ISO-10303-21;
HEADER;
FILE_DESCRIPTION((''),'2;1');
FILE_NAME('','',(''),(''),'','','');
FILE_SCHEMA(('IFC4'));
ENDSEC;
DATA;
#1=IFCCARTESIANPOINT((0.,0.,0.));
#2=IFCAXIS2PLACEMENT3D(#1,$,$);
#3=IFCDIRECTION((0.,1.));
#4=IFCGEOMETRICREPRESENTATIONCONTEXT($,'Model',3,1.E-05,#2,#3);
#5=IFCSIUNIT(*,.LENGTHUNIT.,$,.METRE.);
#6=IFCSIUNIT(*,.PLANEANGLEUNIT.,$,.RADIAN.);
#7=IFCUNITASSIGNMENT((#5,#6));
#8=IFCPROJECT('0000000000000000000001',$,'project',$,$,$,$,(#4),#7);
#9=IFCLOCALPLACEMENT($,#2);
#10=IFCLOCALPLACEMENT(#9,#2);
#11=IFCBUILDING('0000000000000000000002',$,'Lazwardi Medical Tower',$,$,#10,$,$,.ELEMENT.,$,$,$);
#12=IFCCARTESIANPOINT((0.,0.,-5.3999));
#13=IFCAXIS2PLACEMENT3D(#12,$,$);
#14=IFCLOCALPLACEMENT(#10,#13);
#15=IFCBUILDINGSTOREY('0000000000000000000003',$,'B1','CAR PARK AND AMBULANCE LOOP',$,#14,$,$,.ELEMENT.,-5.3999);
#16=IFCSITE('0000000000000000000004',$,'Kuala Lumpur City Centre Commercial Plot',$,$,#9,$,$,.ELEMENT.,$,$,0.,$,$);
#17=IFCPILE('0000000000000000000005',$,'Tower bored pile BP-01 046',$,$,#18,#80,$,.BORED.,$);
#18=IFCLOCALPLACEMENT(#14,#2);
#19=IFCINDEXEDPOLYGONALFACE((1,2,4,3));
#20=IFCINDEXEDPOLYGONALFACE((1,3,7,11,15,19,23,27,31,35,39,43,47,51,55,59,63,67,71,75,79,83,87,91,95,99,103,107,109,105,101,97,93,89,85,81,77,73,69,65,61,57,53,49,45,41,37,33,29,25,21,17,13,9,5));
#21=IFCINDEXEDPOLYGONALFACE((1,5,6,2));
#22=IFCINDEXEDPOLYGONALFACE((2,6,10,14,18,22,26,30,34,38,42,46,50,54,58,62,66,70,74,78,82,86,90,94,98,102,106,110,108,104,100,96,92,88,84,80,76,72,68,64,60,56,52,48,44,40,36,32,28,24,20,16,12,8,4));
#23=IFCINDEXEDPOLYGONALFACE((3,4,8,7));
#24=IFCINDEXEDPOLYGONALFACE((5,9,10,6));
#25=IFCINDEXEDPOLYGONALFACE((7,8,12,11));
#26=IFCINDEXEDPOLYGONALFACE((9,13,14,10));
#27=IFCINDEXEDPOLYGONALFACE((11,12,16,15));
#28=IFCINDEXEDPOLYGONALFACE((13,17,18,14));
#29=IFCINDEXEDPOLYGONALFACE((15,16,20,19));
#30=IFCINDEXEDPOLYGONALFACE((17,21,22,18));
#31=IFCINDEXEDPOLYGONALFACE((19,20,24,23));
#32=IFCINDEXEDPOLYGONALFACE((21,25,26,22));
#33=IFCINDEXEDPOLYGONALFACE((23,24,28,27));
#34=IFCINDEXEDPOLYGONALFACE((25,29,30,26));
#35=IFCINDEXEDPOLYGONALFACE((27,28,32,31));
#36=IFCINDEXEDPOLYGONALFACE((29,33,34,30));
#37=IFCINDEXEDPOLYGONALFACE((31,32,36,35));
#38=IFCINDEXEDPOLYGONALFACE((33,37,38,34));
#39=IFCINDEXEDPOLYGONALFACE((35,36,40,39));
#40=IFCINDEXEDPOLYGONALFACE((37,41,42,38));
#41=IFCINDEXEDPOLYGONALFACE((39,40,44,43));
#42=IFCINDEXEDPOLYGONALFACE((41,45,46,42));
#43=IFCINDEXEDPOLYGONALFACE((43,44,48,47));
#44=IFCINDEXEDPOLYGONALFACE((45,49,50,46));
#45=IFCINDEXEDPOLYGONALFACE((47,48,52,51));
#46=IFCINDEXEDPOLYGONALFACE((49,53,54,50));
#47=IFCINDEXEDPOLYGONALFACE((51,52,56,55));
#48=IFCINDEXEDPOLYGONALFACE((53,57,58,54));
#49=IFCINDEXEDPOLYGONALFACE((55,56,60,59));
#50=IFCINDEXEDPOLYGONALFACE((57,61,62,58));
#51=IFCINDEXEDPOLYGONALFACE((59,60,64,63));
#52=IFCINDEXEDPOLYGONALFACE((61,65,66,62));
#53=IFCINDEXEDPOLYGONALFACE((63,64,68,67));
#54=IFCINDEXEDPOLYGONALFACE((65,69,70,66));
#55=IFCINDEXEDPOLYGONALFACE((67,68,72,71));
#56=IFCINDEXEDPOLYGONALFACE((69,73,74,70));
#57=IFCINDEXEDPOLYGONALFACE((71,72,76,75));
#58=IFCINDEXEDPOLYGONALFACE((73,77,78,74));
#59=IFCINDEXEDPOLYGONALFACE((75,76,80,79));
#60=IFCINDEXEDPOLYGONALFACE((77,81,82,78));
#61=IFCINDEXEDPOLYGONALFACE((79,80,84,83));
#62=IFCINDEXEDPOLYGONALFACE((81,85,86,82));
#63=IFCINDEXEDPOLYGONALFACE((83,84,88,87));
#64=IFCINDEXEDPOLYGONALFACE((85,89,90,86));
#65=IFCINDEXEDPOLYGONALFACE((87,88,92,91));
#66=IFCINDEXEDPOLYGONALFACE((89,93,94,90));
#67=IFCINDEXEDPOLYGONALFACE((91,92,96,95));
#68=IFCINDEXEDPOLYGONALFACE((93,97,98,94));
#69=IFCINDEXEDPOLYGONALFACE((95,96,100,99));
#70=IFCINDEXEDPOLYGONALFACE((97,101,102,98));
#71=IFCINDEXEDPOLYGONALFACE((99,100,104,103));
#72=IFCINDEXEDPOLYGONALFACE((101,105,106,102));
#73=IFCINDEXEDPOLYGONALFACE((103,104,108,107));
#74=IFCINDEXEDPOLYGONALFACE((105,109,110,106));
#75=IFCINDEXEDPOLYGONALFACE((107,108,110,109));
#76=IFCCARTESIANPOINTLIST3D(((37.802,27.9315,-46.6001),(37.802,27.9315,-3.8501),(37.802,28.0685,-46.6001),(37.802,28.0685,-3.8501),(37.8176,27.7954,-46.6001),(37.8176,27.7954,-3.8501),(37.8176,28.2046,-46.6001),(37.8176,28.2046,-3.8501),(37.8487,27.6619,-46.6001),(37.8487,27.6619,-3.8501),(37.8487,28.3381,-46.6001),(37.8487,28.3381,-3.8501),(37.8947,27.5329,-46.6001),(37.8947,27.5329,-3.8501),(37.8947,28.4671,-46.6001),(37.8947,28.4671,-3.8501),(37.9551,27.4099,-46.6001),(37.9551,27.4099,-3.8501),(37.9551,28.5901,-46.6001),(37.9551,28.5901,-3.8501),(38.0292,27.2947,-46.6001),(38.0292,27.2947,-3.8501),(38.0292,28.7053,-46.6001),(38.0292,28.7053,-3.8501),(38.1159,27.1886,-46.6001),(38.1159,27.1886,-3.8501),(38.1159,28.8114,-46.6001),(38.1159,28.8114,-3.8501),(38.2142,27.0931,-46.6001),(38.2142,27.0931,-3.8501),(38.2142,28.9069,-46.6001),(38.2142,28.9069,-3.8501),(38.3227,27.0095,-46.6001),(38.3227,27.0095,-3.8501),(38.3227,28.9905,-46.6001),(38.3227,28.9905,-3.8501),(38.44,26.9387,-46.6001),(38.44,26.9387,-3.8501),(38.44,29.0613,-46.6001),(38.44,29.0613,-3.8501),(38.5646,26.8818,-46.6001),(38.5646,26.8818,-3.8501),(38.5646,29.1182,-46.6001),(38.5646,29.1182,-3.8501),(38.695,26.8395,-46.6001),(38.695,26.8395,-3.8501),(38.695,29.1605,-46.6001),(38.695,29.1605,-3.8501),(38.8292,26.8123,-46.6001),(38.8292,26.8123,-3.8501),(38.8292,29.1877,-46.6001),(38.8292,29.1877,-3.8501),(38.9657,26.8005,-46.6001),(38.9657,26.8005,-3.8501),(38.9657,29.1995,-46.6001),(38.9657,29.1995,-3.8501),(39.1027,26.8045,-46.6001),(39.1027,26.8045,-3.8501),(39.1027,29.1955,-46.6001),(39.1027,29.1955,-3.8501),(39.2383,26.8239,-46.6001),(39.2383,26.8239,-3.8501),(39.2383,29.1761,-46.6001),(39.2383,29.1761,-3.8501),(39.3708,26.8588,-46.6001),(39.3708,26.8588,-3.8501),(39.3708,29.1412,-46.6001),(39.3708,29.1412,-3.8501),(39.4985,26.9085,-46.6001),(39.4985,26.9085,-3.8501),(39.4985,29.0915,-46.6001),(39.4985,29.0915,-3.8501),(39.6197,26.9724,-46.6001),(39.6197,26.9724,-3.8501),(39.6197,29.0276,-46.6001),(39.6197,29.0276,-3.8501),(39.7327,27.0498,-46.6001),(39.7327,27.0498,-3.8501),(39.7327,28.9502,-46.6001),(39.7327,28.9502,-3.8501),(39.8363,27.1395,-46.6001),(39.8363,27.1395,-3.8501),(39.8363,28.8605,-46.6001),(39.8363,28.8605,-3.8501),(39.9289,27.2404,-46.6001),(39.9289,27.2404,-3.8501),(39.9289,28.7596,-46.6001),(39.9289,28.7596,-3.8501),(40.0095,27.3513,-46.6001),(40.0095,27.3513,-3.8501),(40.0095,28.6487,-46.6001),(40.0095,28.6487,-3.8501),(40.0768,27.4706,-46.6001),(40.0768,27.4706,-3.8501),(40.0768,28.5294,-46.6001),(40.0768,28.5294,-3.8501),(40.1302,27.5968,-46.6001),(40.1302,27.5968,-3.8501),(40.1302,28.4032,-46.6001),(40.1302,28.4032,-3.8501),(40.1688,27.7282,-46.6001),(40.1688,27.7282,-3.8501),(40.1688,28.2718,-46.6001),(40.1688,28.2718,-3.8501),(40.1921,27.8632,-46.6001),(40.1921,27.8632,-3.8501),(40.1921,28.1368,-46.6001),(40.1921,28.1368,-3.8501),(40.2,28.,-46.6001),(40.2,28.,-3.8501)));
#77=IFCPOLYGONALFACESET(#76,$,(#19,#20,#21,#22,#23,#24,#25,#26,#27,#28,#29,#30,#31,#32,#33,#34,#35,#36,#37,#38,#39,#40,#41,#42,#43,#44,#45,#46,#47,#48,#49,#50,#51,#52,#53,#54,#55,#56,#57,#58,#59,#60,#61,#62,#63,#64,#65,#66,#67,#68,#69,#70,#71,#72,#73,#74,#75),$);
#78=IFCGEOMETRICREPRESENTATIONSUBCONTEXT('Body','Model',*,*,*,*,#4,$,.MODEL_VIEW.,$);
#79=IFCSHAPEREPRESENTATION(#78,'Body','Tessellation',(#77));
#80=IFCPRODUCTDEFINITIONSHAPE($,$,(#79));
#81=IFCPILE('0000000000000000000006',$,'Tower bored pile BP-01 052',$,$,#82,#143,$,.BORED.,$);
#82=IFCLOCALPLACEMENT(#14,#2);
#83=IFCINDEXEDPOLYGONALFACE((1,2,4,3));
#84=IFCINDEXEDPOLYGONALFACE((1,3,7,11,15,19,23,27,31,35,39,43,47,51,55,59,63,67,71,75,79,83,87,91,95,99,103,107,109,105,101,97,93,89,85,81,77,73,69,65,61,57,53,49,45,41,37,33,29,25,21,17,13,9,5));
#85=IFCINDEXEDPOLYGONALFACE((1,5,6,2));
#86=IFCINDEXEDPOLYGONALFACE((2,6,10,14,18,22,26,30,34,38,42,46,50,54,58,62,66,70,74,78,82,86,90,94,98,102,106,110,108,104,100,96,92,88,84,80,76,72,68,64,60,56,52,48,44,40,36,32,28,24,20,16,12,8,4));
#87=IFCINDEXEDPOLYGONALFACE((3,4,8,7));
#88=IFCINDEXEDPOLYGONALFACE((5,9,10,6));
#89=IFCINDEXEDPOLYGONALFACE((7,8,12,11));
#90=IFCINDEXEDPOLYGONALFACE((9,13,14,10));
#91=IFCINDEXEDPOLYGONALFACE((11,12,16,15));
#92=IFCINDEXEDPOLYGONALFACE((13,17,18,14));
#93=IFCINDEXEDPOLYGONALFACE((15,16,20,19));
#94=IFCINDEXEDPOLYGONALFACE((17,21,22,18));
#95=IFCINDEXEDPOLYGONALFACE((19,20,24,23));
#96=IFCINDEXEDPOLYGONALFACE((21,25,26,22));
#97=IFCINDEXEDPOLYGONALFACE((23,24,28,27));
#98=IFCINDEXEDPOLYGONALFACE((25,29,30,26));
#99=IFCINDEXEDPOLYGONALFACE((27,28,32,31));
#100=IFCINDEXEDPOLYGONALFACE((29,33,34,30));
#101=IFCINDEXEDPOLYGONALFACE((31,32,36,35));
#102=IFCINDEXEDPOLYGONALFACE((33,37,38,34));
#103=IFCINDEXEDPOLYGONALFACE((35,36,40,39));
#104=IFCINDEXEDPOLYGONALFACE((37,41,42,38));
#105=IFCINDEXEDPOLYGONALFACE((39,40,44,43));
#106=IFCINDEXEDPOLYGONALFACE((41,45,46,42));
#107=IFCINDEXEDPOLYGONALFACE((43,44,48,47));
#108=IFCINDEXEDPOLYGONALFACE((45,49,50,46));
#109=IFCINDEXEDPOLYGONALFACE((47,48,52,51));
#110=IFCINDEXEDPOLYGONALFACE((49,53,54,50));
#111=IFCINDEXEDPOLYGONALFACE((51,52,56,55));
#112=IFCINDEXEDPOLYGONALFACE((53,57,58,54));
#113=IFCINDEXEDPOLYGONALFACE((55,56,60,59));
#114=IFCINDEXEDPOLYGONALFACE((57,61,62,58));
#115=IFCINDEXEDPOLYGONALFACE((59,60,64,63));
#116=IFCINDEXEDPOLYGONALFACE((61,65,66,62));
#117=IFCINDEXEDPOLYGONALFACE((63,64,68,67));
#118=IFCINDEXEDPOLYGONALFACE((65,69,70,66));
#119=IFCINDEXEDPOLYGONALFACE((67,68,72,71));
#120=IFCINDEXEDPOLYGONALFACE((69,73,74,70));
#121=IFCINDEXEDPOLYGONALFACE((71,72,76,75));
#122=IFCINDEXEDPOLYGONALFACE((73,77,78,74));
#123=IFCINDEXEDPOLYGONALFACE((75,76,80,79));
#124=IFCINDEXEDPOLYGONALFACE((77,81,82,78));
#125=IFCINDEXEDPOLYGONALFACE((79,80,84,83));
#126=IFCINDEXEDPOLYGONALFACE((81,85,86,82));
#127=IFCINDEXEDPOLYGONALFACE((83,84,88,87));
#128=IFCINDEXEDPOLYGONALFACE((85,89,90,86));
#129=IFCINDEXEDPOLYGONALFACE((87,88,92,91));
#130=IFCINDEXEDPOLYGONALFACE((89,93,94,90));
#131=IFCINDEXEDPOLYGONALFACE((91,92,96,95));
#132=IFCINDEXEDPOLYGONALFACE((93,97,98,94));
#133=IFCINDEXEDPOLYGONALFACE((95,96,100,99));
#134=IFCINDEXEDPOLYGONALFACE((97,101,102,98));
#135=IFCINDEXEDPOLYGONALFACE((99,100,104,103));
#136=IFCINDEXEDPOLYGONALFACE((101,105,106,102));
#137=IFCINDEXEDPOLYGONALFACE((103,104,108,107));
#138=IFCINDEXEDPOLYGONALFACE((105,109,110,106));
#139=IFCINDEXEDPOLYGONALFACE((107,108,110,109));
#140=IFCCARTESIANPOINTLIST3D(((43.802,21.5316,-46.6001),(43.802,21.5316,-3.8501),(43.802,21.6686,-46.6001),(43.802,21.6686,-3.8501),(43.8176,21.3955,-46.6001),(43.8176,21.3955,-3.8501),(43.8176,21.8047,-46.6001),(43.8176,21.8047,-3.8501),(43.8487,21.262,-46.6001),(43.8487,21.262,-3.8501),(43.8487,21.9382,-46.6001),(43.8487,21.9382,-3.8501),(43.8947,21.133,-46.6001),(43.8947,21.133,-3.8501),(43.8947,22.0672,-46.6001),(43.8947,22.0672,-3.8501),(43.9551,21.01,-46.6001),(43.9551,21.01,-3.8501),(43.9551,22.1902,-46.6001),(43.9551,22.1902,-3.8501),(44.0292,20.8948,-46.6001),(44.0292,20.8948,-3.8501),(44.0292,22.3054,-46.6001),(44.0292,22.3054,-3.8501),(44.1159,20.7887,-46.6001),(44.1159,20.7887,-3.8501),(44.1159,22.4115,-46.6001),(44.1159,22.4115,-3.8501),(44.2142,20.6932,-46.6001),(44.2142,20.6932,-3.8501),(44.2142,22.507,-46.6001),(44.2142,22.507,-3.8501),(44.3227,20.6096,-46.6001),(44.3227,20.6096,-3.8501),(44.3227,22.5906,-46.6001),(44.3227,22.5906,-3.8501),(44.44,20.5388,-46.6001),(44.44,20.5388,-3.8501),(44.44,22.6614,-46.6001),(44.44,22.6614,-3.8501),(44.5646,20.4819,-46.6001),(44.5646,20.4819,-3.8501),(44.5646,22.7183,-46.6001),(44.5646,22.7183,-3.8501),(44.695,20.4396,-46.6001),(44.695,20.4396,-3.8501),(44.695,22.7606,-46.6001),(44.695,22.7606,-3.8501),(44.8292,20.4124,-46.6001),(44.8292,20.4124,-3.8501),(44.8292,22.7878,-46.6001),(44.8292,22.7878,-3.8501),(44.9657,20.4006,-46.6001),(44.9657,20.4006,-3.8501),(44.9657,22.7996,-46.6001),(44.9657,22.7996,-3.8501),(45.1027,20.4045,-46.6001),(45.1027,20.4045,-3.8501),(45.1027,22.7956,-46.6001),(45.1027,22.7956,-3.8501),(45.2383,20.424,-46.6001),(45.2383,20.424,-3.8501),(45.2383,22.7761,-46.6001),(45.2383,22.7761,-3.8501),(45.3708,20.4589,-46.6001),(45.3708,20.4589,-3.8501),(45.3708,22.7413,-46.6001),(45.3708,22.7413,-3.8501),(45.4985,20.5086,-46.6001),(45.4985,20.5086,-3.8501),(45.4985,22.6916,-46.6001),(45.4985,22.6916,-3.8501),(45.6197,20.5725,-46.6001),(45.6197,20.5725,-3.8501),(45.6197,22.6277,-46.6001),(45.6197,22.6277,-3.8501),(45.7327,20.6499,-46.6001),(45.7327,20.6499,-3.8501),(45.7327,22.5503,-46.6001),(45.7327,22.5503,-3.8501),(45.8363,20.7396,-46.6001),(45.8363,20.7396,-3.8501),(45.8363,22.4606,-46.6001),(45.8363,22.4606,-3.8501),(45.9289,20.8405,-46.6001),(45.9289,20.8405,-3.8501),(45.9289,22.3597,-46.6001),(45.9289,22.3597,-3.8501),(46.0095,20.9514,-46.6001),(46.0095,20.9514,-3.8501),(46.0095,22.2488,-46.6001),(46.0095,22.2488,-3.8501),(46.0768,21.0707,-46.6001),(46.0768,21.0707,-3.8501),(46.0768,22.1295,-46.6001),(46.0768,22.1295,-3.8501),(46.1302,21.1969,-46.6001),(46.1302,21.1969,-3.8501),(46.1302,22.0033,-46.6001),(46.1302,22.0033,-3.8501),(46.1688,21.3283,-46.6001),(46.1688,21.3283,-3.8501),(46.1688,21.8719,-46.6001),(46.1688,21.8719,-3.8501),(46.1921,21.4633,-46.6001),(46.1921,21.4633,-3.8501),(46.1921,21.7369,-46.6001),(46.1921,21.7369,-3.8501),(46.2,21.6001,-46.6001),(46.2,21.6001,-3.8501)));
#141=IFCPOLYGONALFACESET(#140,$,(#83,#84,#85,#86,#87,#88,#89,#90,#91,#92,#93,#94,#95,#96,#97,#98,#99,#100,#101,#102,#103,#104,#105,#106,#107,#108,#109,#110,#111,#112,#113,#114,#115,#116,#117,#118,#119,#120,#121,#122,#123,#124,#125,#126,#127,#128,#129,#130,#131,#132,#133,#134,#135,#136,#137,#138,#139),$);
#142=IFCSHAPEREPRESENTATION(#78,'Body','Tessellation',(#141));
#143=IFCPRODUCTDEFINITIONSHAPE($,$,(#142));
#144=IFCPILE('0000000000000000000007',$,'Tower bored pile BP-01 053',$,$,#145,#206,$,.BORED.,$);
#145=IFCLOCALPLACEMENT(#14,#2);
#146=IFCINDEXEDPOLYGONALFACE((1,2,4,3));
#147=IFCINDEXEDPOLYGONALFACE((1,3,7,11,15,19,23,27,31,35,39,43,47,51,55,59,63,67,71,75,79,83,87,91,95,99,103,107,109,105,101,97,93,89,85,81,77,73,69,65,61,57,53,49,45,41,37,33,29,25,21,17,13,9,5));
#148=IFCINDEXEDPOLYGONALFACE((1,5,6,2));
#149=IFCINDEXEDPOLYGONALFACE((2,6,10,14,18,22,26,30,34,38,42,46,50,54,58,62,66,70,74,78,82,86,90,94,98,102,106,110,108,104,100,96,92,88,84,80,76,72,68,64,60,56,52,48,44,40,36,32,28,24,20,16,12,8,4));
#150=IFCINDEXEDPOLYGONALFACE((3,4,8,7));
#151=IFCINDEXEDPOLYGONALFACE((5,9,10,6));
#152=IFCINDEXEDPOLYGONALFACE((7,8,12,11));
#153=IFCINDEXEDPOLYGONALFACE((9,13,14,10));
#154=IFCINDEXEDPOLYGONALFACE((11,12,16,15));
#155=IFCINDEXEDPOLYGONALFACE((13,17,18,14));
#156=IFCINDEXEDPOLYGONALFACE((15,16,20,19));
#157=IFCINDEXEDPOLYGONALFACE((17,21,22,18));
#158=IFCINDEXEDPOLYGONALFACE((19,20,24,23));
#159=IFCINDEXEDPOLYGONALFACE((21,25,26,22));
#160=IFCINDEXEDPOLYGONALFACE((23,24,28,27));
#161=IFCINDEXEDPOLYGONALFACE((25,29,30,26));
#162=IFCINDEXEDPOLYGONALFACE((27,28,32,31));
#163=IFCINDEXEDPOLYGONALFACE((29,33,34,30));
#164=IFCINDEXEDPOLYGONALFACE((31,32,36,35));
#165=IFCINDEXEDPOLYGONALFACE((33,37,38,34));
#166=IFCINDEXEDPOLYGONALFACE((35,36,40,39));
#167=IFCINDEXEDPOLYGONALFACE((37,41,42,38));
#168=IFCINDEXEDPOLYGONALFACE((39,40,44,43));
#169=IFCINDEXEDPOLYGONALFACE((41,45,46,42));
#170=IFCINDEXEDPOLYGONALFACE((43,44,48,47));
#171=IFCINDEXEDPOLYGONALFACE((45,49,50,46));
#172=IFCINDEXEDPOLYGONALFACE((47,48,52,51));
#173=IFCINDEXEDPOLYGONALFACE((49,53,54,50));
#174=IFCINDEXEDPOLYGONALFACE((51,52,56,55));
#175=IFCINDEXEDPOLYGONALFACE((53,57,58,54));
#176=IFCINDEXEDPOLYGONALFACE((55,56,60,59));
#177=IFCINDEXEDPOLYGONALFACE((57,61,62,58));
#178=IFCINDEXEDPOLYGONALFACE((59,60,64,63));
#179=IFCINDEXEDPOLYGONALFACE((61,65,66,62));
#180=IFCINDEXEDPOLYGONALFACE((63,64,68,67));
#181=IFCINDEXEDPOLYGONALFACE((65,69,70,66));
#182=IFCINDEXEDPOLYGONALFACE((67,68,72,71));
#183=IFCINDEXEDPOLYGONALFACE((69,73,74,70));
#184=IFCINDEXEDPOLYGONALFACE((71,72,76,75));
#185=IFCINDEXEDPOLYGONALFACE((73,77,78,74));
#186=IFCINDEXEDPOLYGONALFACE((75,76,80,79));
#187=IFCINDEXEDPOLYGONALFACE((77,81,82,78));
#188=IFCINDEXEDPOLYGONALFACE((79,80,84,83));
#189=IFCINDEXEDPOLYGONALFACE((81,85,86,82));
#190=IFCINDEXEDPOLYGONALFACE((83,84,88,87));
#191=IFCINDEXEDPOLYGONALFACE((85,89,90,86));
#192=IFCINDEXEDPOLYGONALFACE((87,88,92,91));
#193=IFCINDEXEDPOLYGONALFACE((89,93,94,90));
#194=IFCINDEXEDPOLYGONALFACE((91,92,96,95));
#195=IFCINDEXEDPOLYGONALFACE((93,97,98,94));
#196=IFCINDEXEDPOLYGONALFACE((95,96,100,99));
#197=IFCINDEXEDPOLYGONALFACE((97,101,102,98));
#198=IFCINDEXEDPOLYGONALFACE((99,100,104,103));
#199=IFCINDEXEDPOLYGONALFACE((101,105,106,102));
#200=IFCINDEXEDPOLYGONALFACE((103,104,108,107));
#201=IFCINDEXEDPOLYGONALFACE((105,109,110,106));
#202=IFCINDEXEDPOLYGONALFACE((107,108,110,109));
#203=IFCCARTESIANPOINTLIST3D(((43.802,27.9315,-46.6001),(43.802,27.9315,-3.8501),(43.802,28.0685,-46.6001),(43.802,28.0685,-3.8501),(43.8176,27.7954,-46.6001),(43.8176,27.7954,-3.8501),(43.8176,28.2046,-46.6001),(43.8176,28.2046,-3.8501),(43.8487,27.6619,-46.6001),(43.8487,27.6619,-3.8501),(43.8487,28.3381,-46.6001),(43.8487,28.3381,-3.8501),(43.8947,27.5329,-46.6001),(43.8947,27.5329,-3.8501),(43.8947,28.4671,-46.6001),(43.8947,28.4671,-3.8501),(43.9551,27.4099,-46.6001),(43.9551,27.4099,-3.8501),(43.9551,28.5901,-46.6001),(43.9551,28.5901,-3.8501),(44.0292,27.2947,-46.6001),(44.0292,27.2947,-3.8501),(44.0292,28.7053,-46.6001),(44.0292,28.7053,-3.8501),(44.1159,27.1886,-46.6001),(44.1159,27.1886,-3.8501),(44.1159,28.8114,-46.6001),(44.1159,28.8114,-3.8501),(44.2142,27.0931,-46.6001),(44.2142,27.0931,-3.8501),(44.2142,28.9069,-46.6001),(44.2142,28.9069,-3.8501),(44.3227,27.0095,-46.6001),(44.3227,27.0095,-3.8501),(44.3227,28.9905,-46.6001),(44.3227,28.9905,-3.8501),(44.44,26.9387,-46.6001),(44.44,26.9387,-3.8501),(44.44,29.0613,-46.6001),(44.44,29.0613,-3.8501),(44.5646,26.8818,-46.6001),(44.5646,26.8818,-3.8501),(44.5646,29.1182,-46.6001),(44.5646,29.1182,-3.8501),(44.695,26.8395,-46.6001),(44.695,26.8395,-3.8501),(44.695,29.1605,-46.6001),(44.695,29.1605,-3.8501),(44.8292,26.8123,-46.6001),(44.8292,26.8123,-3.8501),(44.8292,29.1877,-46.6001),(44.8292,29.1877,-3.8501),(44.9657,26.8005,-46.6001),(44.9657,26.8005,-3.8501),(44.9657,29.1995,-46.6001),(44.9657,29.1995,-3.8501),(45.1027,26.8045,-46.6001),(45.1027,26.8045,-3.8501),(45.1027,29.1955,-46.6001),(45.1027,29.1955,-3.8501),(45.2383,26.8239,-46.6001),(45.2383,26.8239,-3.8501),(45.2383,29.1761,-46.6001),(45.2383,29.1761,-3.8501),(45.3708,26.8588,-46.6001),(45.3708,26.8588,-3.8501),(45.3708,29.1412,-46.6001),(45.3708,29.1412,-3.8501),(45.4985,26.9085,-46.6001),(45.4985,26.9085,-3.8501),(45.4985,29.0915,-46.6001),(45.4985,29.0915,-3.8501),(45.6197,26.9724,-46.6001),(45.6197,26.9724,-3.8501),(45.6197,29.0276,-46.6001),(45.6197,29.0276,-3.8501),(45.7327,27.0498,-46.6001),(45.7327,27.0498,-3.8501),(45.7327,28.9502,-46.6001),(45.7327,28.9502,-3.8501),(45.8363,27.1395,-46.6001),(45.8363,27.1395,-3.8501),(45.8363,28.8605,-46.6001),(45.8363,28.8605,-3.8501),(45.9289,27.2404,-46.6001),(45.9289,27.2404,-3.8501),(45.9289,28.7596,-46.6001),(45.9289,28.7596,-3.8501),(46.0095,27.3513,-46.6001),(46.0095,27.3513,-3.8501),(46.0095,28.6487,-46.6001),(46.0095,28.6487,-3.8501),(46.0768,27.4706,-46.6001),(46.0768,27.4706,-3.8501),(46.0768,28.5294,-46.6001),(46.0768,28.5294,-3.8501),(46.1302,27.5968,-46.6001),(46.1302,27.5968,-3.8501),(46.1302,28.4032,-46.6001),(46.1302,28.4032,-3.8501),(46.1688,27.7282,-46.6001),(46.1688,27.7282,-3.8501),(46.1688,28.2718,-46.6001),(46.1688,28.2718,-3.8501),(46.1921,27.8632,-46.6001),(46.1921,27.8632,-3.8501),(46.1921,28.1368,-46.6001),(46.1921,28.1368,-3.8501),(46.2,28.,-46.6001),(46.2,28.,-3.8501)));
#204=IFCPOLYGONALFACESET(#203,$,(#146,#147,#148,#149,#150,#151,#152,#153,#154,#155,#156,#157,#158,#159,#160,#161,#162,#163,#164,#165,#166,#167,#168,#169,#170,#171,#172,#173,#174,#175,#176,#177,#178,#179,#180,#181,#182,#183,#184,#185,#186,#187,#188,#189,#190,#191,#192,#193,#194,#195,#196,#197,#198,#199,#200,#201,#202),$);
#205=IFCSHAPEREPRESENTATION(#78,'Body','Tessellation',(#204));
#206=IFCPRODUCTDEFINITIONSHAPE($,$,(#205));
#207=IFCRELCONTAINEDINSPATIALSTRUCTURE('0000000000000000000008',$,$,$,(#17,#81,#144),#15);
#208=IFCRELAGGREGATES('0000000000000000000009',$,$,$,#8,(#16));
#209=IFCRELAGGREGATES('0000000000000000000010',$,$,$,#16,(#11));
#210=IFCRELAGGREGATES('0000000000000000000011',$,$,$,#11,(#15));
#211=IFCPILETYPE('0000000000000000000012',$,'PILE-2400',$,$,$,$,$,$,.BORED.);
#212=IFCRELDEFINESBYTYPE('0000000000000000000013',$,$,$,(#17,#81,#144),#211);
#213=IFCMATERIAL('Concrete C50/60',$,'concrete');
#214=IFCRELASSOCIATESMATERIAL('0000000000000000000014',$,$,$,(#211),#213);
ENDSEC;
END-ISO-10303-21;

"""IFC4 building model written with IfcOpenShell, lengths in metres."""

from ifc_helpers import new_model, si_unit, direction, frame, origin, origin_2d, place, context, subcontext, project, spatial, circle, extrude, material, material_profile, profile_set, type_object, element, save


model = new_model("IFC4")

# Units and contexts
model_context = context("Model", 3, precision=1e-05, world=origin(), true_north=direction((0.0, 1.0)))
body_context = subcontext(model_context, "Body", "Model", "MODEL_VIEW")
ifc_project = project(units=[si_unit("LENGTHUNIT", "METRE"), si_unit("PLANEANGLEUNIT", "RADIAN")], contexts=[model_context])

# Site, building, storey
site_placement = place(None, origin())
site = spatial("IfcSite", under=ifc_project, at=site_placement, Name="Kuala Lumpur City Centre Commercial Plot", CompositionType="ELEMENT", RefElevation=0.0)
building_placement = place(site_placement, origin())
building = spatial("IfcBuilding", under=site, at=building_placement, Name="Lazwardi Medical Tower", CompositionType="ELEMENT")
storey_placement = place(building_placement, frame((0.0, 0.0, -5.3999)))
storey = spatial("IfcBuildingStorey", under=building, at=storey_placement, Name="B1", Description="CAR PARK AND AMBULANCE LOOP", CompositionType="ELEMENT", Elevation=-5.3999)

# Piles
ifc_material_1 = material(Name="Concrete C50/60", Category="concrete")
ifc_material_profile = material_profile(ifc_material_1, circle(Radius=1.2, at=origin_2d()), Name="BORED PILE D2400")
ifc_profile_set = profile_set([ifc_material_profile], Name="Concrete C50/60")
pile_type = type_object("IfcPileType", Name="PILE-2400", PredefinedType="BORED", material=ifc_profile_set)
for number, where, z_axis, x_axis, name in (
    (1, (39.0, 28.0, -3.8501), (0.0, 0.0, -1.0), (1.0, 0.0, 0.0), "Tower bored pile BP-01 046"),
    (2, (45.0, 21.6001, -3.8501), (0.0, 0.0, -1.0), (1.0, 0.0, 0.0), "Tower bored pile BP-01 052"),
    (3, (45.0, 28.0, -3.8501), (0.0, 0.0, -1.0), (1.0, 0.0, 0.0), "Tower bored pile BP-01 053"),
):
    element("IfcPile", number, at=place(storey_placement, frame(where, z_axis=z_axis, x_axis=x_axis)), inside=storey, type_object=pile_type, Name=name, PredefinedType="BORED", context=body_context, shape_type="SweptSolid", body=[
        extrude(circle(Radius=1.2, at=origin_2d()), origin(), (0.0, 0.0, 1.0), 42.75),
    ])

save(model, "model.ifc")
